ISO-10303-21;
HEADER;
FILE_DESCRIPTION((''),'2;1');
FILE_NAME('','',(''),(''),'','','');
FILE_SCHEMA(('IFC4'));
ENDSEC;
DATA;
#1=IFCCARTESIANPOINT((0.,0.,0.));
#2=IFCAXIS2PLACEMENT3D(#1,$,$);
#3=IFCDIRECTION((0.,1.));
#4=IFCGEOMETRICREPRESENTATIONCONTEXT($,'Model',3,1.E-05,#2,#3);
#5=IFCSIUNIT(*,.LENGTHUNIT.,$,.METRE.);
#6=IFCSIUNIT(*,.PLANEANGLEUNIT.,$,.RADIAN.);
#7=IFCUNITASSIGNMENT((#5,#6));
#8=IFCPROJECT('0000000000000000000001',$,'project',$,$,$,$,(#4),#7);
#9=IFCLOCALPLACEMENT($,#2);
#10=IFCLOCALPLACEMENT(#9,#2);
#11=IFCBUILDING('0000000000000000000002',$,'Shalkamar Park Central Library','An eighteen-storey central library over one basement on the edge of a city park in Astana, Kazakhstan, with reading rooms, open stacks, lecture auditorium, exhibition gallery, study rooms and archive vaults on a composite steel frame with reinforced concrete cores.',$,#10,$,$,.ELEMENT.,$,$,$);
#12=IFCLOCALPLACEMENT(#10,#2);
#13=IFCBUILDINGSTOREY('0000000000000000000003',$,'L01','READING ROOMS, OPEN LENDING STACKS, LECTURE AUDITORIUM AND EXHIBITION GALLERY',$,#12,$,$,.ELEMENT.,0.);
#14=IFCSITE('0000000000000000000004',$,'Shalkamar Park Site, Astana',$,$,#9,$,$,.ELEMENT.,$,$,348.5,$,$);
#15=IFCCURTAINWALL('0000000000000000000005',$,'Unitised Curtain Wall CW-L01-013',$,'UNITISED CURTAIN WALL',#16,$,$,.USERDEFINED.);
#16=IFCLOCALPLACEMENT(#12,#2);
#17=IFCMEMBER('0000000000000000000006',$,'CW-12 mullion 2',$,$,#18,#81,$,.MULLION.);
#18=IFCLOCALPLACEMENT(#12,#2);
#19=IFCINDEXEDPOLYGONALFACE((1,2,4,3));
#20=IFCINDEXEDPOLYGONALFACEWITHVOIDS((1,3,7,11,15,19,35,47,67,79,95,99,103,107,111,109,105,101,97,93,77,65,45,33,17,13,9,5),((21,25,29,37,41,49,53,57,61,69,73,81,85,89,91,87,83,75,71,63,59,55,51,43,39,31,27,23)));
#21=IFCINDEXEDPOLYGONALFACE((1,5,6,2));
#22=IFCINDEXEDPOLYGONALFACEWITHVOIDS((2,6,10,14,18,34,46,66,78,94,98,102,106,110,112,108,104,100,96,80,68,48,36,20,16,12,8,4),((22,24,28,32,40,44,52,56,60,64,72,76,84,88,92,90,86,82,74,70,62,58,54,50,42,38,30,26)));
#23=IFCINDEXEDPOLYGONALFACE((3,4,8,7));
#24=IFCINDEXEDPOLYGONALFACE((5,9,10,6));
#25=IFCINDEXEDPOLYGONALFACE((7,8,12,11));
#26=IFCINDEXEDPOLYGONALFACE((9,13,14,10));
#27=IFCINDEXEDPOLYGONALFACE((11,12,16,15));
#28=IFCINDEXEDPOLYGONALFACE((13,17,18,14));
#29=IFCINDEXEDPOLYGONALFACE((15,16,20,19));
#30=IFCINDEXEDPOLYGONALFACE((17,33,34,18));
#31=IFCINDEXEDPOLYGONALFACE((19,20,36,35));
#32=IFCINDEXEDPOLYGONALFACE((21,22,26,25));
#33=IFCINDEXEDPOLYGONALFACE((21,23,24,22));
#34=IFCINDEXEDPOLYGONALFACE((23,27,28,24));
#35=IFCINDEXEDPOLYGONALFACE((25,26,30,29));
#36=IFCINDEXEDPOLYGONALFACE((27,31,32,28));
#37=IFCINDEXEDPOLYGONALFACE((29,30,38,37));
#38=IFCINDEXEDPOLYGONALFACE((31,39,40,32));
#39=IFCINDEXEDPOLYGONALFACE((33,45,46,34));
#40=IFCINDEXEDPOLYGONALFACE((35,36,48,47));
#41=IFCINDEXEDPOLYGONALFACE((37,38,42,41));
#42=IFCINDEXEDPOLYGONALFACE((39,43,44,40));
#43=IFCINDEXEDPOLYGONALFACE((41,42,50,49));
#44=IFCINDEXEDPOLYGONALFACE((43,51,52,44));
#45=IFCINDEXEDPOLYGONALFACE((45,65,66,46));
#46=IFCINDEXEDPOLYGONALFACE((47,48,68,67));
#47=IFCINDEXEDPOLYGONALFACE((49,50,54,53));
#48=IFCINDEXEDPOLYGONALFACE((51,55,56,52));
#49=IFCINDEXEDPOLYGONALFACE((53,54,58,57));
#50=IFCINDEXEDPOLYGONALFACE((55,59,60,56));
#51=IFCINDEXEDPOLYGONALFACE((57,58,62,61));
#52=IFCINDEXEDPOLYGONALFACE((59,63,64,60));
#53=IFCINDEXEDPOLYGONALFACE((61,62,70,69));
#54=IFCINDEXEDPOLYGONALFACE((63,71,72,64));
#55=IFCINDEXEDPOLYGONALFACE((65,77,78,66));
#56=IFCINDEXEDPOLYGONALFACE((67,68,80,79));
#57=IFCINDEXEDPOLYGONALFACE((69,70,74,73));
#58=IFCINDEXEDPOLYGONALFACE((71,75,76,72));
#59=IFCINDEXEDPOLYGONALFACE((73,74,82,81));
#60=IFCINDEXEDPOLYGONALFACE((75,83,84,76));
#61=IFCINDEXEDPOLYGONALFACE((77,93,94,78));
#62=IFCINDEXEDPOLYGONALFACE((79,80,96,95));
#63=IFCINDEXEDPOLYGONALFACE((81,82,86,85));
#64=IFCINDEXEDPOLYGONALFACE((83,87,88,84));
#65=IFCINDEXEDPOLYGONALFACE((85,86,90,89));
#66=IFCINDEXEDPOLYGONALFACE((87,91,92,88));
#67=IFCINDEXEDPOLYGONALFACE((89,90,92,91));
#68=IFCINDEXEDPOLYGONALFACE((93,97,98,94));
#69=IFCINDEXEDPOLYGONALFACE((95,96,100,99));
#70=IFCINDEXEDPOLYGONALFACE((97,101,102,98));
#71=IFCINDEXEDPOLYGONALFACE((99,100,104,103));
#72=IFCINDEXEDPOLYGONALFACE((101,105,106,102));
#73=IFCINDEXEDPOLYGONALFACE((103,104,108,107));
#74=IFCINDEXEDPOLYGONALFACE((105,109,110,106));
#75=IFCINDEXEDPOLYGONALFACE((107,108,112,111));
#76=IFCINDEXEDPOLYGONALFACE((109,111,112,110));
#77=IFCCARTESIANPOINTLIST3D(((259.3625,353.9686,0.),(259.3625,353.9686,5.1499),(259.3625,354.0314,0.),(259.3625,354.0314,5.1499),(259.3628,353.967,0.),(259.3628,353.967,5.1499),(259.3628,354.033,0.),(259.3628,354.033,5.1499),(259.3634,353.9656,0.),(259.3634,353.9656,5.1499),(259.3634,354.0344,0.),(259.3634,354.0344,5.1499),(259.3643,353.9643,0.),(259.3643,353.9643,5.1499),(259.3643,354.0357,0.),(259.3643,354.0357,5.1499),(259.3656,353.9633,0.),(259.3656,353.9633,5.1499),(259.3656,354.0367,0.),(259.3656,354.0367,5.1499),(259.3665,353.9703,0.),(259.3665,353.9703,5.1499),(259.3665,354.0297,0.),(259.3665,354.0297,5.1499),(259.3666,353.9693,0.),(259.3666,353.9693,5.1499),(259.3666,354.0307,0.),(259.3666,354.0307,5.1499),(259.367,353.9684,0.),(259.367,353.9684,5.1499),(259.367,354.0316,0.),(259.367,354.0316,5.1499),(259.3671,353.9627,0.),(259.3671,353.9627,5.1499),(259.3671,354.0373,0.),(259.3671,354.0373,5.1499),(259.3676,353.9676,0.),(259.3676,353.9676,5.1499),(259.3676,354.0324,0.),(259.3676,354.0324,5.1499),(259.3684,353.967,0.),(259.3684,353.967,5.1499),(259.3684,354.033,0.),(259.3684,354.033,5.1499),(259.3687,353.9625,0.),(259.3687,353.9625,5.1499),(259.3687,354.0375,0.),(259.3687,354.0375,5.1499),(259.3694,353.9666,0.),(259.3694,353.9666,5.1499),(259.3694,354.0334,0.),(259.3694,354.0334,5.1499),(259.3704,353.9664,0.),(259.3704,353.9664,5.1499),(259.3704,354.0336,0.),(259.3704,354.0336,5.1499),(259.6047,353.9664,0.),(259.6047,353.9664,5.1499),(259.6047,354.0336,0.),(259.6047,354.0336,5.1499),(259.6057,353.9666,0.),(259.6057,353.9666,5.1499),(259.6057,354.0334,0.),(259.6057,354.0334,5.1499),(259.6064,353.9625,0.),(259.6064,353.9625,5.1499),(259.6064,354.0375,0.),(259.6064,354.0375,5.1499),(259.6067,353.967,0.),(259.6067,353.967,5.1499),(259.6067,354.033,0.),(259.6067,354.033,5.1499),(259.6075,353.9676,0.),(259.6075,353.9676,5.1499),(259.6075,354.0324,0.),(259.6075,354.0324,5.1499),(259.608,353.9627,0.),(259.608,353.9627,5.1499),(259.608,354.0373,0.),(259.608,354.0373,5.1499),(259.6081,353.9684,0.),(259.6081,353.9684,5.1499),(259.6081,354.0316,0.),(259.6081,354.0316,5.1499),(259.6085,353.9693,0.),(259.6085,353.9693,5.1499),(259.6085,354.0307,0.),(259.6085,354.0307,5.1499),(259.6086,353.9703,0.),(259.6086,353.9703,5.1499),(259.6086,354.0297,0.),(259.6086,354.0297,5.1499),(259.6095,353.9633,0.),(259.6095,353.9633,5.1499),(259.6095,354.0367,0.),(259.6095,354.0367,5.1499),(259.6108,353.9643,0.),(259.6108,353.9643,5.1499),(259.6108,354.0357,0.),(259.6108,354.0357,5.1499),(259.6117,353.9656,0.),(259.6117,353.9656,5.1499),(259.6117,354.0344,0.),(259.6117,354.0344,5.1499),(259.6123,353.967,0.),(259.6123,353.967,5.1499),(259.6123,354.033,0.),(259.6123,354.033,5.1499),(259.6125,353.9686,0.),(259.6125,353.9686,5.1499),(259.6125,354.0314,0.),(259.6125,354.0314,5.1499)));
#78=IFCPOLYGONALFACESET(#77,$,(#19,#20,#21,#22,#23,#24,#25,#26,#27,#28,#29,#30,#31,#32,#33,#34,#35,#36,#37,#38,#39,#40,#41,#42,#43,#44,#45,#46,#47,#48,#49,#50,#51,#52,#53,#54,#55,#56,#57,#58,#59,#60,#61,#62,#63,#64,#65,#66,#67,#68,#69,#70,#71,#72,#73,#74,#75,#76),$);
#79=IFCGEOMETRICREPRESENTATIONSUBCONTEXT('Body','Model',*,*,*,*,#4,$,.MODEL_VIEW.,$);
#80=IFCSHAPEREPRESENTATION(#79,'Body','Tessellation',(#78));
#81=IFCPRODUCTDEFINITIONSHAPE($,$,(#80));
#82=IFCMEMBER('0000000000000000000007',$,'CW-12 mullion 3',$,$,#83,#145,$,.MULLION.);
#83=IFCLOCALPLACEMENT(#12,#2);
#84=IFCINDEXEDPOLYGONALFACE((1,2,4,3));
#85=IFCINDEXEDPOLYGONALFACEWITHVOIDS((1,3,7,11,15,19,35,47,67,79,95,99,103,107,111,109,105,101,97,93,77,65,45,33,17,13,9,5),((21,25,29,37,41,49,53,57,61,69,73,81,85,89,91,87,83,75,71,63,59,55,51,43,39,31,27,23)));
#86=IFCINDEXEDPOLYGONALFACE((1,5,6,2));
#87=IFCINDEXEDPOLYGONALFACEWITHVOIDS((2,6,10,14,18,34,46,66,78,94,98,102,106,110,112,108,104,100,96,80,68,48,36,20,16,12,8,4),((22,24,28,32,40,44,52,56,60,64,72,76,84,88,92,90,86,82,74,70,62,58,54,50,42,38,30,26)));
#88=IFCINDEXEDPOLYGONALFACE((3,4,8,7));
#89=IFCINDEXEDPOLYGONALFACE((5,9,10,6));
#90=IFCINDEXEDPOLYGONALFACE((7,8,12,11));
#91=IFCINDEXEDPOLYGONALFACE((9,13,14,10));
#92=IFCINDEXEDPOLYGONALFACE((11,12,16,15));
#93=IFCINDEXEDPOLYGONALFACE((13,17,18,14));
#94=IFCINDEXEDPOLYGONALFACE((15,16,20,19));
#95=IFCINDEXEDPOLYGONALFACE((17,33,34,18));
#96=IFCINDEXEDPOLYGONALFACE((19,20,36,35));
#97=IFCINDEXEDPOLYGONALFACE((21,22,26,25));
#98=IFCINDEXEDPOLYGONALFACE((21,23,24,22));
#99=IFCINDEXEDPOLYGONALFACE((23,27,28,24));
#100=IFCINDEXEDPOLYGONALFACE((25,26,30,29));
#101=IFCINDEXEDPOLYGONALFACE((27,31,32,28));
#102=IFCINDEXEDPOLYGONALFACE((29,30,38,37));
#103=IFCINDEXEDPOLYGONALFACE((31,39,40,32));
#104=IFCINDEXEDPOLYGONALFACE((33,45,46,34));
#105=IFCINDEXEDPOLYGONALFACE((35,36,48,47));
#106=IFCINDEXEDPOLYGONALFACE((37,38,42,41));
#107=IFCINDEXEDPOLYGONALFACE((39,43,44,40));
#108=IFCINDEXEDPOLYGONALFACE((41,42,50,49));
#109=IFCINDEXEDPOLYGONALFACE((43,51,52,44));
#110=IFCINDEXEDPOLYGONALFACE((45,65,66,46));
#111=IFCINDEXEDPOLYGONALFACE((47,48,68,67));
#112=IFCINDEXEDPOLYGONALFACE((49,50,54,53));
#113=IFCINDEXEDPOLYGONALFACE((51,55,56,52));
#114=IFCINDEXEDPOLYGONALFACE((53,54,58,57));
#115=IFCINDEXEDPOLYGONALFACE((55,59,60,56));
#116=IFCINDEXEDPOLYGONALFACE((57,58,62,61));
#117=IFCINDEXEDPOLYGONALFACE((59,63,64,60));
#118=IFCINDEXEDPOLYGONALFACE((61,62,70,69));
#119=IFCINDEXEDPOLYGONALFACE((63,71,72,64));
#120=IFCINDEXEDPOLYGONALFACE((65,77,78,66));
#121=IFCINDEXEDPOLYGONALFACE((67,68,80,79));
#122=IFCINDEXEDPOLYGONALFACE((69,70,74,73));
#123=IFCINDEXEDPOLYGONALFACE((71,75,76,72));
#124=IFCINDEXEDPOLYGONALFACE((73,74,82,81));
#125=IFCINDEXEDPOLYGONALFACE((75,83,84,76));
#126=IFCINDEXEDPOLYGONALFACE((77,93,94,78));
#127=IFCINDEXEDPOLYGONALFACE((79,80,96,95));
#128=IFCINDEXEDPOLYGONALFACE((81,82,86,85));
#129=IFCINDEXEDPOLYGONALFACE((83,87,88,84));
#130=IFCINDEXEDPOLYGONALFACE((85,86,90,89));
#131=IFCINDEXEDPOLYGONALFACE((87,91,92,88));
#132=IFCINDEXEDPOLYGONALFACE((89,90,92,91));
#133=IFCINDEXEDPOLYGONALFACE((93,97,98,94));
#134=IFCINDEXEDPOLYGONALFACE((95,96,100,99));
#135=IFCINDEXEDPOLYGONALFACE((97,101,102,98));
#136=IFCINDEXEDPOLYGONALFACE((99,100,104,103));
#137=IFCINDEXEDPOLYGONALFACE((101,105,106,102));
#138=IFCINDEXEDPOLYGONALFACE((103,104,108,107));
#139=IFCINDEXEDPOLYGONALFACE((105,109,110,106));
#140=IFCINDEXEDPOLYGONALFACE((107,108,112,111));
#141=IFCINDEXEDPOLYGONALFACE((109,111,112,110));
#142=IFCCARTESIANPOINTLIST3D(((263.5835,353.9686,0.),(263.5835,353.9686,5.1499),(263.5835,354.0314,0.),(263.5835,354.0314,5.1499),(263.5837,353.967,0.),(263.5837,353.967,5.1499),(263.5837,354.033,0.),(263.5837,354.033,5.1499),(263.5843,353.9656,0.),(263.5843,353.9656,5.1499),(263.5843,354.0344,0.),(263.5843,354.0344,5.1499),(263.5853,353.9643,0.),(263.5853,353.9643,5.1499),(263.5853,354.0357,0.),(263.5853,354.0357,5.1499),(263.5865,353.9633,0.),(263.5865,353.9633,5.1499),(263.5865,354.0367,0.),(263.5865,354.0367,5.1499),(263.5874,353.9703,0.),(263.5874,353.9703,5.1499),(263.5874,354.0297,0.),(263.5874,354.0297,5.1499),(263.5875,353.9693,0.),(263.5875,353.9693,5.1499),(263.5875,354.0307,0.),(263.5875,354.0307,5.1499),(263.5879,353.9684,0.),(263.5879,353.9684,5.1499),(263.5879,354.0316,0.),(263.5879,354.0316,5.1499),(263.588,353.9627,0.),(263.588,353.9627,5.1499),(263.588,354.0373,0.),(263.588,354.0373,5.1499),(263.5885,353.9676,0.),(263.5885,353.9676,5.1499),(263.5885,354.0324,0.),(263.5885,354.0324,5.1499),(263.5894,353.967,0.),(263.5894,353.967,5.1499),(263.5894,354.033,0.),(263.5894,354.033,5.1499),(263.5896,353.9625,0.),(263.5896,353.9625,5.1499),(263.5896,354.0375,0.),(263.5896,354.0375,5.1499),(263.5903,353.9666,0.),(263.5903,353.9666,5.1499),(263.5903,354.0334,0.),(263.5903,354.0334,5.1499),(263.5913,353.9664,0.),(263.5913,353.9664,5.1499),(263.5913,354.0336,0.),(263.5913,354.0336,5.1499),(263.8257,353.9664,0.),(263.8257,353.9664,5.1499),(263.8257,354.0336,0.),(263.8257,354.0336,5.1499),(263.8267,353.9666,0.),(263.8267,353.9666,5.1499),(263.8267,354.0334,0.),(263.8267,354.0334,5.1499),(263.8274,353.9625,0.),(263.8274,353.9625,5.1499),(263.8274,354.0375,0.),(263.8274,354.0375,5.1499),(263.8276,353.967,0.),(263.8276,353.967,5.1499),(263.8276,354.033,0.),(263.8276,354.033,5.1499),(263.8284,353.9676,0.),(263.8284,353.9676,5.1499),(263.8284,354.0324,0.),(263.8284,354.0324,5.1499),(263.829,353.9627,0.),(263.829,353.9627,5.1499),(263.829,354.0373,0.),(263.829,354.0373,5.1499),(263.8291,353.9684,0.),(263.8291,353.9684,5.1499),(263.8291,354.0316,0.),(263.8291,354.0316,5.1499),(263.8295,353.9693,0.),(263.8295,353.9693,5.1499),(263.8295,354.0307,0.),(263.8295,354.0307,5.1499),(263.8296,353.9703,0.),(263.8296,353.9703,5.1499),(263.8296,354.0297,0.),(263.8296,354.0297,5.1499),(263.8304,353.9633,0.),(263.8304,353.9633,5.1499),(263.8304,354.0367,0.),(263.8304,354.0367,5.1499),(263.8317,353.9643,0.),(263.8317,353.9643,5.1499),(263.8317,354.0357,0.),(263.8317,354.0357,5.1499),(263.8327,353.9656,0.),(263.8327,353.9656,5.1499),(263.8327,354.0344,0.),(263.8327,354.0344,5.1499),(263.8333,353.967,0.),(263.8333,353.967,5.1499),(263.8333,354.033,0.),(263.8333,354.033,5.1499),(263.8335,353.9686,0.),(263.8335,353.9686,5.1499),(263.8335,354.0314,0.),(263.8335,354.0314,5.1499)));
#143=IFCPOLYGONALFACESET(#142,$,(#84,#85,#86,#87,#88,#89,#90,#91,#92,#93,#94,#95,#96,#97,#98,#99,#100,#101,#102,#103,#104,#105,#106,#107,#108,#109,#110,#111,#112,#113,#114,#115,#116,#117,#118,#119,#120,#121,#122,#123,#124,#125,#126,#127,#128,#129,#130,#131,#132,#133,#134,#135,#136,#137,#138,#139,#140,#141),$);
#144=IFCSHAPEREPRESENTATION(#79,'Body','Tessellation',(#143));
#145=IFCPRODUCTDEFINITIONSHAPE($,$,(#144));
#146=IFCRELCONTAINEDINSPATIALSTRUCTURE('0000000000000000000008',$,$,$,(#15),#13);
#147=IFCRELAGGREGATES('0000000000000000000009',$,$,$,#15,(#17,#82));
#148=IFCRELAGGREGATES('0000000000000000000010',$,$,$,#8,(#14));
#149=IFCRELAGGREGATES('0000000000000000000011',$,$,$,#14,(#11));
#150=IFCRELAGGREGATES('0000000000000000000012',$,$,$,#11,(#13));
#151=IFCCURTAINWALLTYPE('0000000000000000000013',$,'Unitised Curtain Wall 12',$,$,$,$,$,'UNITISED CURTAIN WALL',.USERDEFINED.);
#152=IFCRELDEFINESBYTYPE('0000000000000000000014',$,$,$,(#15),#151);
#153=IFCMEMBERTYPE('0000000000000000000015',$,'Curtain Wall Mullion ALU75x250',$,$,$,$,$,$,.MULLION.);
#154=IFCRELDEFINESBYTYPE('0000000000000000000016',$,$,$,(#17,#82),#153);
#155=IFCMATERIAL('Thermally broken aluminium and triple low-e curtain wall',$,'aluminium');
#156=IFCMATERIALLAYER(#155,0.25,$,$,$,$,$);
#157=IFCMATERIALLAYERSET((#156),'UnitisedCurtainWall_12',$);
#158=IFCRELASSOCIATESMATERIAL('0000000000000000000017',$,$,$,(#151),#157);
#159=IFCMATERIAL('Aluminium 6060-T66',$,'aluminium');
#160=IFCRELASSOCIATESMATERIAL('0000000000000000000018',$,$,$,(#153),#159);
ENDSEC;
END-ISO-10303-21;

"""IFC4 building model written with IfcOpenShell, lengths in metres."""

from ifc_helpers import new_model, si_unit, direction, frame, origin, origin_2d, place, context, subcontext, project, spatial, hollow_rectangle, extrude, material, layer, layer_set, material_profile, profile_set, type_object, element, aggregate, save


model = new_model("IFC4")

# Units and contexts
model_context = context("Model", 3, precision=1e-05, world=origin(), true_north=direction((0.0, 1.0)))
body_context = subcontext(model_context, "Body", "Model", "MODEL_VIEW")
ifc_project = project(units=[si_unit("LENGTHUNIT", "METRE"), si_unit("PLANEANGLEUNIT", "RADIAN")], contexts=[model_context])

# Site, building, storey
site_placement = place(None, origin())
site = spatial("IfcSite", under=ifc_project, at=site_placement, Name="Shalkamar Park Site, Astana", CompositionType="ELEMENT", RefElevation=348.5)
building_placement = place(site_placement, origin())
building = spatial("IfcBuilding", under=site, at=building_placement, Name="Shalkamar Park Central Library", Description="An eighteen-storey central library over one basement on the edge of a city park in Astana, Kazakhstan, with reading rooms, open stacks, lecture auditorium, exhibition gallery, study rooms and archive vaults on a composite steel frame with reinforced concrete cores.", CompositionType="ELEMENT")
storey_placement = place(building_placement, origin())
storey = spatial("IfcBuildingStorey", under=building, at=storey_placement, Name="L01", Description="READING ROOMS, OPEN LENDING STACKS, LECTURE AUDITORIUM AND EXHIBITION GALLERY", CompositionType="ELEMENT", Elevation=0.0)

# Curtain wall, members
ifc_material_1 = material(Name="Thermally broken aluminium and triple low-e curtain wall", Category="aluminium")
ifc_layer_1 = layer(ifc_material_1, 0.25)
ifc_layer_set_1 = layer_set([ifc_layer_1], Name="UnitisedCurtainWall_12")
curtain_wall_type = type_object("IfcCurtainWallType", Name="Unitised Curtain Wall 12", ElementType="UNITISED CURTAIN WALL", PredefinedType="USERDEFINED", material=ifc_layer_set_1)
curtain_wall_placement = place(storey_placement, origin())
curtain_wall = element("IfcCurtainWall", 1, at=curtain_wall_placement, inside=storey, type_object=curtain_wall_type, Name="Unitised Curtain Wall CW-L01-013", ObjectType="UNITISED CURTAIN WALL", PredefinedType="USERDEFINED")
ifc_material_2 = material(Name="Aluminium 6060-T66", Category="aluminium")
ifc_material_profile_1 = material_profile(ifc_material_2, hollow_rectangle(XDim=0.075, YDim=0.25, WallThickness=0.0039, InnerFilletRadius=0.0039, OuterFilletRadius=0.0061, at=origin_2d()), Name="ALU 75x250x4")
ifc_profile_set_1 = profile_set([ifc_material_profile_1], Name="Aluminium 6060-T66")
member_type_1 = type_object("IfcMemberType", Name="Curtain Wall Mullion ALU75x250", PredefinedType="MULLION", material=ifc_profile_set_1)
member_1_placement = place(storey_placement, frame((259.4875, 354.0, 0.0), z_axis=(0.0, 0.0, 1.0), x_axis=(0.0, 1.0, 0.0)))
member_1 = element("IfcMember", 2, at=member_1_placement, type_object=member_type_1, Name="CW-12 mullion 2", PredefinedType="MULLION", context=body_context, shape_type="SweptSolid", body=[
    extrude(hollow_rectangle(XDim=0.075, YDim=0.25, WallThickness=0.0039, InnerFilletRadius=0.0039, OuterFilletRadius=0.0061, at=origin_2d()), origin(), (0.0, 0.0, 1.0), 5.1499),
])
member_2_placement = place(storey_placement, frame((263.7085, 354.0, 0.0), z_axis=(0.0, 0.0, 1.0), x_axis=(0.0, 1.0, 0.0)))
member_2 = element("IfcMember", 3, at=member_2_placement, type_object=member_type_1, Name="CW-12 mullion 3", PredefinedType="MULLION", context=body_context, shape_type="SweptSolid", body=[
    extrude(hollow_rectangle(XDim=0.075, YDim=0.25, WallThickness=0.0039, InnerFilletRadius=0.0039, OuterFilletRadius=0.0061, at=origin_2d()), origin(), (0.0, 0.0, 1.0), 5.1499),
])

aggregate(curtain_wall, [member_1, member_2])

save(model, "model.ifc")
